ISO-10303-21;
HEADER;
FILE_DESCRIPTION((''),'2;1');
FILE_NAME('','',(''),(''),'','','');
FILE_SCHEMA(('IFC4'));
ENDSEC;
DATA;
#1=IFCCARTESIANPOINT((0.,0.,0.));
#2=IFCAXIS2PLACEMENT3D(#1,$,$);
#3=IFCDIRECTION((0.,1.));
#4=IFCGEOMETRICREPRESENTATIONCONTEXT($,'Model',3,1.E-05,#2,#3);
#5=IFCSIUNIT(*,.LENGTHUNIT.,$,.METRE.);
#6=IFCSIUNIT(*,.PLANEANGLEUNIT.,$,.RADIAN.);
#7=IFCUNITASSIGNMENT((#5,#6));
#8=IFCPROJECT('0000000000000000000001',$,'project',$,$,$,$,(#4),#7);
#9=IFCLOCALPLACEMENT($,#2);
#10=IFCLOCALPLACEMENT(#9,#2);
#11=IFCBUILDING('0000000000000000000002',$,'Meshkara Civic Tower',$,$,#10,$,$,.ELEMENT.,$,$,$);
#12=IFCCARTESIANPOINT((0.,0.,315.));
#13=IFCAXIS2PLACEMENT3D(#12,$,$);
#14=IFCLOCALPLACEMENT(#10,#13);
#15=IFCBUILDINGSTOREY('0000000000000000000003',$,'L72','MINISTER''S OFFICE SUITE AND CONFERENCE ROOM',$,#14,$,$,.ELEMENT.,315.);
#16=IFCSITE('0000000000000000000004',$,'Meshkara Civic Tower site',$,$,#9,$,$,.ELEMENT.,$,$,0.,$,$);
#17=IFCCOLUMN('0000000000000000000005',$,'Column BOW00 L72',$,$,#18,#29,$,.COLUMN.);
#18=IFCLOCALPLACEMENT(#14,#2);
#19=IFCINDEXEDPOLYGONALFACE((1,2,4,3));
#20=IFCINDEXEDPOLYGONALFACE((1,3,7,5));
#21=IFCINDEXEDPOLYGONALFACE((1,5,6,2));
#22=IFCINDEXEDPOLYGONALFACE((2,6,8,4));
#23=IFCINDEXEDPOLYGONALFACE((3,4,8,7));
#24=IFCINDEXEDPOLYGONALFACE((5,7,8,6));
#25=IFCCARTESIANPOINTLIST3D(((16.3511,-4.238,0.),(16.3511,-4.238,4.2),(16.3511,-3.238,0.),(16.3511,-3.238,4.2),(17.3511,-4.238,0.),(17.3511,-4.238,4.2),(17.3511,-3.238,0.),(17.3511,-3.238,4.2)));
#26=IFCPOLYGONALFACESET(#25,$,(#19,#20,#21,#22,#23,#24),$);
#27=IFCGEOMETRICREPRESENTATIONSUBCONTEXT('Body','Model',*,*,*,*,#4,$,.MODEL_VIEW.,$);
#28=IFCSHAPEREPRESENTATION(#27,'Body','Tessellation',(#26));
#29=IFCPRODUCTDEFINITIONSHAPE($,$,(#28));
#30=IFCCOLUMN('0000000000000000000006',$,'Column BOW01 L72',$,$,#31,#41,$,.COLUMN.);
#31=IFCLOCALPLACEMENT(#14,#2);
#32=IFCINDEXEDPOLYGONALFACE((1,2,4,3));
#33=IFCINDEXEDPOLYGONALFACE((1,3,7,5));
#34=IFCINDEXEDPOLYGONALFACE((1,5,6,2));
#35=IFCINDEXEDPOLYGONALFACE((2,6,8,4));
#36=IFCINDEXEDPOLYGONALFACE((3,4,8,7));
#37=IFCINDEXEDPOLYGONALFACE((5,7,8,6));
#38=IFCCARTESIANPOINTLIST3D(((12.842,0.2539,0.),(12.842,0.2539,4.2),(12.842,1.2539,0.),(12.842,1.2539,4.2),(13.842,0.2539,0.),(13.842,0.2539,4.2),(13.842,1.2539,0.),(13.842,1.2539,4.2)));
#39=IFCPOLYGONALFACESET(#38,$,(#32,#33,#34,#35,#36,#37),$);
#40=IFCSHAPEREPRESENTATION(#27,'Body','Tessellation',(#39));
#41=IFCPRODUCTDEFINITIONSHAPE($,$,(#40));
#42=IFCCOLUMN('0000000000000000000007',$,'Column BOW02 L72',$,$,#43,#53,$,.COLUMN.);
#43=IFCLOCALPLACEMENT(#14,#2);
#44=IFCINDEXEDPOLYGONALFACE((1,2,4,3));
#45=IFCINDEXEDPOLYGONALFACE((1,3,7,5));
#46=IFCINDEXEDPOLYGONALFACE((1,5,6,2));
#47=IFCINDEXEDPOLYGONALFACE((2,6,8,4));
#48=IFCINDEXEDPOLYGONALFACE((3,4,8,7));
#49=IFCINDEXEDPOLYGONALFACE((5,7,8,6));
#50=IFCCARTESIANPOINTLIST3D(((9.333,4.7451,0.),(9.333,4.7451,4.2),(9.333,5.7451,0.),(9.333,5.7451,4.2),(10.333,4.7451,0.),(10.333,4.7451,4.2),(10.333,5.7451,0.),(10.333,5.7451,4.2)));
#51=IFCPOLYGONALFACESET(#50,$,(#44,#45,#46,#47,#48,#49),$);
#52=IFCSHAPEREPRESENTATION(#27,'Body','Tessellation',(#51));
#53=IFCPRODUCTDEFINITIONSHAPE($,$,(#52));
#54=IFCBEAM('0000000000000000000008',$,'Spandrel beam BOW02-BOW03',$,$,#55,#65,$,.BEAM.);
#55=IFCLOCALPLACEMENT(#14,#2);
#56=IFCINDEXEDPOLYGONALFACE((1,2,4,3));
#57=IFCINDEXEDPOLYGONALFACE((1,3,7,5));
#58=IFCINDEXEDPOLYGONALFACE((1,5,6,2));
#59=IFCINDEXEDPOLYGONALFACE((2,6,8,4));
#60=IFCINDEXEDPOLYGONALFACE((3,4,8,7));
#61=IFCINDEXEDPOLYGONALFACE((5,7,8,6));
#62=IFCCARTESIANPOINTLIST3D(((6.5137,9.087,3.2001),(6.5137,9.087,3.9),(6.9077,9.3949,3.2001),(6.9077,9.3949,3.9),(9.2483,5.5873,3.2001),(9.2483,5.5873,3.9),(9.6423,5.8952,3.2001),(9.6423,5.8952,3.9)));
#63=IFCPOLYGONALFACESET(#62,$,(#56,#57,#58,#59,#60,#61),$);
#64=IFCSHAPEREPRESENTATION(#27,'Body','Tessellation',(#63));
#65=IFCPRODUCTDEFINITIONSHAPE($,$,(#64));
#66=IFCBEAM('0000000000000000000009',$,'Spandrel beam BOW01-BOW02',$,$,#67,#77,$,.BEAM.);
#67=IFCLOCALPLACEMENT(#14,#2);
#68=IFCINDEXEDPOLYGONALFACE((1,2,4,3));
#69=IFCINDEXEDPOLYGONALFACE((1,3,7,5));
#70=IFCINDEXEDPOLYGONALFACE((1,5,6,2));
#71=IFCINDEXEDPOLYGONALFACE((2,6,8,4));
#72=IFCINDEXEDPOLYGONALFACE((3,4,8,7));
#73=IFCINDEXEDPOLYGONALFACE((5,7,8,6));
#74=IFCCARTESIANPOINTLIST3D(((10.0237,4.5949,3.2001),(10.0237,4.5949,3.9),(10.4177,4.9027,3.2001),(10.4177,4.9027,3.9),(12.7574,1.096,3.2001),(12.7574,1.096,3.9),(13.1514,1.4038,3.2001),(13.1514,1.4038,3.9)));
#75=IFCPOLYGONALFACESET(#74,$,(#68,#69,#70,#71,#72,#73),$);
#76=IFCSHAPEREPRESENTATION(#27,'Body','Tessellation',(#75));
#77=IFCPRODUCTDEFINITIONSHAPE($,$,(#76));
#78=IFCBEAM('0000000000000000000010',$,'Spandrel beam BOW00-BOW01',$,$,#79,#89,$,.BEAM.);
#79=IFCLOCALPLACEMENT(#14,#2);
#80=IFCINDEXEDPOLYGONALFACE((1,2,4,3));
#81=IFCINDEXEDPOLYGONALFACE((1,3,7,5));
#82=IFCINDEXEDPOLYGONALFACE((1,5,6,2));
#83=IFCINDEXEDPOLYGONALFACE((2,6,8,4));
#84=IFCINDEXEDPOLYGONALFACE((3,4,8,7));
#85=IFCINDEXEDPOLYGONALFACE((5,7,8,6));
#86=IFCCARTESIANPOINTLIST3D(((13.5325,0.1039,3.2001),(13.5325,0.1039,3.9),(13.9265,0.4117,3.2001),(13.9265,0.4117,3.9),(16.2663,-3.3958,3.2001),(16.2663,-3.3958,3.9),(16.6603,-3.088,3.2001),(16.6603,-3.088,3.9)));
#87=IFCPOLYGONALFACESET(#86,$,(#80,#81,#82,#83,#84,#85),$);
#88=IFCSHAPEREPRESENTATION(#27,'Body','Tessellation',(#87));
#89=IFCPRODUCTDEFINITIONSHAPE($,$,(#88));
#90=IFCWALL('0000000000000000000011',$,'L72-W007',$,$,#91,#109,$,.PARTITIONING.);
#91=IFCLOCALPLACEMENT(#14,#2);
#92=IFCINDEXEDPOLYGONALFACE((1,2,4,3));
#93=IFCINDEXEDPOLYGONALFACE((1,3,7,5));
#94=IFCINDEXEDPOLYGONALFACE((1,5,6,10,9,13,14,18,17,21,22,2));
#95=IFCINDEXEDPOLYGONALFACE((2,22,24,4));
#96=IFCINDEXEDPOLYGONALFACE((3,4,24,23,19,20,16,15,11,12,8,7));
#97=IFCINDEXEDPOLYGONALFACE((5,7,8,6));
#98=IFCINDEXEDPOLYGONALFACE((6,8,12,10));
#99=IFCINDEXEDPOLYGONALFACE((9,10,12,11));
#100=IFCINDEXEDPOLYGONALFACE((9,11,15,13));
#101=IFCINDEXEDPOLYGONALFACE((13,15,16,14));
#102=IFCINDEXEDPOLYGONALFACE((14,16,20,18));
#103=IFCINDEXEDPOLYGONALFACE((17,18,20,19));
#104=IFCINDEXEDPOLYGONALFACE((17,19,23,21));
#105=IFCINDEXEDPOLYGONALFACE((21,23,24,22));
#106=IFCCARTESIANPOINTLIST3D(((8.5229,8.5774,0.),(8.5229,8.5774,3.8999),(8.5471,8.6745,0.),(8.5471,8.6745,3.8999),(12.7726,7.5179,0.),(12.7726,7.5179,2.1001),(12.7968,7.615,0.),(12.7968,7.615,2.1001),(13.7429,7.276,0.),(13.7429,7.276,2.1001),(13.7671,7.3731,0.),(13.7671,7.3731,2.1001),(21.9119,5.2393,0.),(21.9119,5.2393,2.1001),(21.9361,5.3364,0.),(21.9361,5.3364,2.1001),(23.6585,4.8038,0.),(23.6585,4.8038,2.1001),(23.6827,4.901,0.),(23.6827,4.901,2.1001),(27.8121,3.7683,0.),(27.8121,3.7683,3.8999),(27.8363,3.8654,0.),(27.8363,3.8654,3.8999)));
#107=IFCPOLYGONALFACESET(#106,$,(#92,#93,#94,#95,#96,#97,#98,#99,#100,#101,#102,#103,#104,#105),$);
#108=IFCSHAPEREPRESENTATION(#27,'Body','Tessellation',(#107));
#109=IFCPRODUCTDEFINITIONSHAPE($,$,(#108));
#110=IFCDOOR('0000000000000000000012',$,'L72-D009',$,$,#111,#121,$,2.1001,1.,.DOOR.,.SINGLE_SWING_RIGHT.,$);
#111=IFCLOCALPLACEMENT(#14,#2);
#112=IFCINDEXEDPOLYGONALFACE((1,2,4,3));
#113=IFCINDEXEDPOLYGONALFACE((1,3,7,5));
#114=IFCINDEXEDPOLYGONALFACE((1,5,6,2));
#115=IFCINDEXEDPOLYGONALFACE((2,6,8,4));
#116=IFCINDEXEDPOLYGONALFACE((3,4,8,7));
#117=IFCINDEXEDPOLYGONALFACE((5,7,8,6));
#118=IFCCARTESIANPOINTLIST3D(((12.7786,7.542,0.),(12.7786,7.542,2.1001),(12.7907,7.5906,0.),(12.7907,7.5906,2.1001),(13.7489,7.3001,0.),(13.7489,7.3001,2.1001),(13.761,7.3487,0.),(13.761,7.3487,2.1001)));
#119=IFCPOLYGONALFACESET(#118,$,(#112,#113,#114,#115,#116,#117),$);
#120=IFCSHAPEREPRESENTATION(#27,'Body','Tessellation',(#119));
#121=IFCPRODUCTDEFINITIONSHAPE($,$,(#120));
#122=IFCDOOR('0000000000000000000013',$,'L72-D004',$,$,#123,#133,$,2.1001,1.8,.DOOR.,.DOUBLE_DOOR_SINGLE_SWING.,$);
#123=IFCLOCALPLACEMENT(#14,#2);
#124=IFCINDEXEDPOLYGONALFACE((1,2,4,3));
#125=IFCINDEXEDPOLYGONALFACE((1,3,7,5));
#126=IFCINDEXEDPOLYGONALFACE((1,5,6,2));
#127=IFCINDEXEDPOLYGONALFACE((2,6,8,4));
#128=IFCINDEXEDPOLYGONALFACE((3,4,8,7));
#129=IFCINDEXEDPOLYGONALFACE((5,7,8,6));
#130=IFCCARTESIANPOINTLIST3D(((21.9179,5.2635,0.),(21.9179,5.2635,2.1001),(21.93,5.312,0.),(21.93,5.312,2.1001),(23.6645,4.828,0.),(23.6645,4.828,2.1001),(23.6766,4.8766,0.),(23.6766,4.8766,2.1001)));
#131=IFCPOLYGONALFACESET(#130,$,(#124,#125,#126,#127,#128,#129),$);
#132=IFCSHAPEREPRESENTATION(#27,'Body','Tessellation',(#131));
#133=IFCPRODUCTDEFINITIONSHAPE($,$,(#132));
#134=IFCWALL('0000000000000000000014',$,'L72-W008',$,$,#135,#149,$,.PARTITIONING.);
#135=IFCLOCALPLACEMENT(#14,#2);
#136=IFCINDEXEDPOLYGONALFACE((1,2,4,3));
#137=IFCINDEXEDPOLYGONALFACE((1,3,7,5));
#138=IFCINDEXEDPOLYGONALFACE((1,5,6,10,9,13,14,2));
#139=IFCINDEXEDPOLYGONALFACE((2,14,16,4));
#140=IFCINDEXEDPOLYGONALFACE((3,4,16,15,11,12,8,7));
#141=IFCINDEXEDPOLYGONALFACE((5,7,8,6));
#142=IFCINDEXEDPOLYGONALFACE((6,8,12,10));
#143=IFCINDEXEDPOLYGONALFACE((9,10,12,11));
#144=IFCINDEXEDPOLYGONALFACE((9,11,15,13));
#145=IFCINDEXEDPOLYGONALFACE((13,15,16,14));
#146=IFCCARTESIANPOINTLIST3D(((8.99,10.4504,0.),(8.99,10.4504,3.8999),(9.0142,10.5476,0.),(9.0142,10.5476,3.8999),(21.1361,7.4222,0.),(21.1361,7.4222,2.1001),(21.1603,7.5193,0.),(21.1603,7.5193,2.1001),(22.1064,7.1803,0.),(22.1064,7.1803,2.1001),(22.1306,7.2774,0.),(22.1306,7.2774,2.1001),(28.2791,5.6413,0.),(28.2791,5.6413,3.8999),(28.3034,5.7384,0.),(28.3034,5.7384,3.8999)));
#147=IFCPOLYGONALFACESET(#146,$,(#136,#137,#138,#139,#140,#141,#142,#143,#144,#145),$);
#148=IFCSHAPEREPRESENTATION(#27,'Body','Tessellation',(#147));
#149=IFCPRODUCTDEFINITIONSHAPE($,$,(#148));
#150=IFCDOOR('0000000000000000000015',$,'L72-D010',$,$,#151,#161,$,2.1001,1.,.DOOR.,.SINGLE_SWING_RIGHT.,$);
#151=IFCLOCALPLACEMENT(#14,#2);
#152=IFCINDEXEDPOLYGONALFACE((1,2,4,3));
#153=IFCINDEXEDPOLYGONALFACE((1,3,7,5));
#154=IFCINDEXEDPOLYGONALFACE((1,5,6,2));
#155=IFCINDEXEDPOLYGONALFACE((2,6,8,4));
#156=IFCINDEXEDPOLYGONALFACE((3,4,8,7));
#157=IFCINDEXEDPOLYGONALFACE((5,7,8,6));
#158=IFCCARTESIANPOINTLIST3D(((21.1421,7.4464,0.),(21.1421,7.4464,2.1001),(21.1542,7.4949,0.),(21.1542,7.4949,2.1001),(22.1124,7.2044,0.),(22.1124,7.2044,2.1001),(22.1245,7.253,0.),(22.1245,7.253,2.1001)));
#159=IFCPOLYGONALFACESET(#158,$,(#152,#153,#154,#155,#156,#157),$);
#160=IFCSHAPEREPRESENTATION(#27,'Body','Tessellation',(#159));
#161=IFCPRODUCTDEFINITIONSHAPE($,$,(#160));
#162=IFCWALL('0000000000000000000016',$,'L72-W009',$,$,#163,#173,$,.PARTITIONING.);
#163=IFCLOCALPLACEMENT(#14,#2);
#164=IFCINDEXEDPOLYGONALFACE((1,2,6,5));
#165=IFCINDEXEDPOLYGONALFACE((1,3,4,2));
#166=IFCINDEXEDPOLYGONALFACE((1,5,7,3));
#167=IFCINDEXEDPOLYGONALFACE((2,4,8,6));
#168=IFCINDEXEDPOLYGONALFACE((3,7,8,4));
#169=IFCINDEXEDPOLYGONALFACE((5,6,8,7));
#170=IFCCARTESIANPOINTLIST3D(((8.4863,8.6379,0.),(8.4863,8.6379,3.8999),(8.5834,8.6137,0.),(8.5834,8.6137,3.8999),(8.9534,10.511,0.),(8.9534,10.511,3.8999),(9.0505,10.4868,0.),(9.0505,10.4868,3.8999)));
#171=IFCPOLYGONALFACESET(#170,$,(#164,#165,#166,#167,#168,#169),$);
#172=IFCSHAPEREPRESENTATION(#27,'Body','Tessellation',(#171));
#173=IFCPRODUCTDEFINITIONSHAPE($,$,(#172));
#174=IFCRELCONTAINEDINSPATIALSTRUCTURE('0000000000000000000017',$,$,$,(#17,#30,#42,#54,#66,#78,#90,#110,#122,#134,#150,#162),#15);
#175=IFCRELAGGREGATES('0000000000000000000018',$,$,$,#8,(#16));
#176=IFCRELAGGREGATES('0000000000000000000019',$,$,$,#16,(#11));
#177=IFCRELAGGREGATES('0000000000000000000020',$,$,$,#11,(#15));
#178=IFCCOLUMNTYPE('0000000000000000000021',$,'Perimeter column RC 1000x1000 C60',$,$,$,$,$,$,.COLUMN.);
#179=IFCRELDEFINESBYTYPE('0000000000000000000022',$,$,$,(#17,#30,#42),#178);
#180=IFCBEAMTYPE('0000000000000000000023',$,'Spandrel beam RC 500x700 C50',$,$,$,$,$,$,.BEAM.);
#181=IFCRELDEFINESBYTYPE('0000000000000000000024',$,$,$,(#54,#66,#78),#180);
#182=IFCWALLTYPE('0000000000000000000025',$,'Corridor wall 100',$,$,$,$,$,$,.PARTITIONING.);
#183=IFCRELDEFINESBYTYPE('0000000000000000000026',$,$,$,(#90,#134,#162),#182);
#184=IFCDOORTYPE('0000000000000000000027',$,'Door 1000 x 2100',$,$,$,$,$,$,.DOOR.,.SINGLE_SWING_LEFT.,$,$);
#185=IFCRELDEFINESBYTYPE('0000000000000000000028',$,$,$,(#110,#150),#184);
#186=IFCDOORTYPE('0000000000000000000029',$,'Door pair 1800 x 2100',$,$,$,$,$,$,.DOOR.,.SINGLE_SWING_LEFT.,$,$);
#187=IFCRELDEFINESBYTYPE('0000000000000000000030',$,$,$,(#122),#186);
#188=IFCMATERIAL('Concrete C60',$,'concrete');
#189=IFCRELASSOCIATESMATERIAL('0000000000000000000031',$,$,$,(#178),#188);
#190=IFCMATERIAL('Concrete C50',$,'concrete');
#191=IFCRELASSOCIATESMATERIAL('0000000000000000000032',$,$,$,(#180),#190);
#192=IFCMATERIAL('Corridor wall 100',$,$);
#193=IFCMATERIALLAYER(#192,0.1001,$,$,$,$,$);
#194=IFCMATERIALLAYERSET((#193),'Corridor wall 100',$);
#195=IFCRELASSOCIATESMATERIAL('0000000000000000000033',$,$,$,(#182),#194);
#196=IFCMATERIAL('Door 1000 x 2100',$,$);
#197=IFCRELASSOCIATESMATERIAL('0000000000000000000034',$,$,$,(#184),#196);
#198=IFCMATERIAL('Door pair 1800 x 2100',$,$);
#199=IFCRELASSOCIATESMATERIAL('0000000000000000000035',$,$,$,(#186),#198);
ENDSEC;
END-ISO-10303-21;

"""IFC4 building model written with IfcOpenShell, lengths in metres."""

from ifc_helpers import new_model, si_unit, direction, frame, frame_2d, origin, origin_2d, place, context, subcontext, project, spatial, rectangle, extrude, material, layer, layer_set, material_profile, profile_set, type_object, element, fill, save


model = new_model("IFC4")

# Units and contexts
model_context = context("Model", 3, precision=1e-05, world=origin(), true_north=direction((0.0, 1.0)))
body_context = subcontext(model_context, "Body", "Model", "MODEL_VIEW")
ifc_project = project(units=[si_unit("LENGTHUNIT", "METRE"), si_unit("PLANEANGLEUNIT", "RADIAN")], contexts=[model_context])

# Site, building, storey
site_placement = place(None, origin())
site = spatial("IfcSite", under=ifc_project, at=site_placement, Name="Meshkara Civic Tower site", CompositionType="ELEMENT", RefElevation=0.0)
building_placement = place(site_placement, origin())
building = spatial("IfcBuilding", under=site, at=building_placement, Name="Meshkara Civic Tower", CompositionType="ELEMENT")
storey_placement = place(building_placement, frame((0.0, 0.0, 315.0)))
storey = spatial("IfcBuildingStorey", under=building, at=storey_placement, Name="L72", Description="MINISTER'S OFFICE SUITE AND CONFERENCE ROOM", CompositionType="ELEMENT", Elevation=315.0)

# Columns
ifc_material_1 = material(Name="Concrete C60", Category="concrete")
ifc_material_profile_1 = material_profile(ifc_material_1, rectangle(XDim=1.0, YDim=1.0, at=origin_2d()))
ifc_profile_set_1 = profile_set([ifc_material_profile_1], Name="Concrete C60")
column_type = type_object("IfcColumnType", Name="Perimeter column RC 1000x1000 C60", PredefinedType="COLUMN", material=ifc_profile_set_1)
for number, where, z_axis, x_axis, name in (
    (1, (16.8511, -3.738, 0.0), (0.0, 0.0, 1.0), (1.0, 0.0, 0.0), "Column BOW00 L72"),
    (2, (13.342, 0.7539, 0.0), (0.0, 0.0, 1.0), (1.0, 0.0, 0.0), "Column BOW01 L72"),
    (3, (9.833, 5.2451, 0.0), (0.0, 0.0, 1.0), (1.0, 0.0, 0.0), "Column BOW02 L72"),
):
    element("IfcColumn", number, at=place(storey_placement, frame(where, z_axis=z_axis, x_axis=x_axis)), inside=storey, type_object=column_type, Name=name, PredefinedType="COLUMN", context=body_context, shape_type="SweptSolid", body=[
        extrude(rectangle(XDim=1.0, YDim=1.0, at=origin_2d()), origin(), (0.0, 0.0, 1.0), 4.2),
    ])

# Beams
ifc_material_2 = material(Name="Concrete C50", Category="concrete")
ifc_material_profile_2 = material_profile(ifc_material_2, rectangle(XDim=0.5, YDim=0.7, at=origin_2d()))
ifc_profile_set_2 = profile_set([ifc_material_profile_2], Name="Concrete C50")
beam_type = type_object("IfcBeamType", Name="Spandrel beam RC 500x700 C50", PredefinedType="BEAM", material=ifc_profile_set_2)
beam_1_placement = place(storey_placement, frame((6.7107, 9.241, 3.55), z_axis=(0.615705, -0.787977, 0.0), x_axis=(0.787977, 0.615705, 0.0)))
element("IfcBeam", 4, at=beam_1_placement, inside=storey, type_object=beam_type, Name="Spandrel beam BOW02-BOW03", PredefinedType="BEAM", context=body_context, shape_type="SweptSolid", body=[
    extrude(rectangle(XDim=0.5, YDim=0.7, at=origin_2d()), origin(), (0.0, 0.0, 1.0), 4.4414),
])
beam_2_placement = place(storey_placement, frame((10.2207, 4.7488, 3.55), z_axis=(0.615675, -0.788, 0.0), x_axis=(0.788, 0.615675, 0.0)))
element("IfcBeam", 5, at=beam_2_placement, inside=storey, type_object=beam_type, Name="Spandrel beam BOW01-BOW02", PredefinedType="BEAM", context=body_context, shape_type="SweptSolid", body=[
    extrude(rectangle(XDim=0.5, YDim=0.7, at=origin_2d()), origin(), (0.0, 0.0, 1.0), 4.4402),
])
beam_3_placement = place(storey_placement, frame((13.7295, 0.2578, 3.55), z_axis=(0.615602, -0.788057, 0.0), x_axis=(0.788057, 0.615602, 0.0)))
element("IfcBeam", 6, at=beam_3_placement, inside=storey, type_object=beam_type, Name="Spandrel beam BOW00-BOW01", PredefinedType="BEAM", context=body_context, shape_type="SweptSolid", body=[
    extrude(rectangle(XDim=0.5, YDim=0.7, at=origin_2d()), origin(), (0.0, 0.0, 1.0), 4.4409),
])

# Wall, openings, doors
ifc_material_3 = material(Name="Corridor wall 100")
ifc_layer_1 = layer(ifc_material_3, 0.1001)
ifc_layer_set_1 = layer_set([ifc_layer_1], Name="Corridor wall 100")
wall_type_1 = type_object("IfcWallType", Name="Corridor wall 100", PredefinedType="PARTITIONING", material=ifc_layer_set_1)
wall_1_placement = place(storey_placement, frame((8.5349, 8.626, 0.0), z_axis=(0.0, 0.0, 1.0), x_axis=(0.970298, -0.241911, 0.0)))
wall_1 = element("IfcWall", 7, at=wall_1_placement, inside=storey, type_object=wall_type_1, Name="L72-W007", PredefinedType="PARTITIONING", context=body_context, shape_type="SweptSolid", body=[
    extrude(rectangle(XDim=19.8796, YDim=0.1001, at=frame_2d((9.9399, 0.0))), origin(), (0.0, 0.0, 1.0), 3.8999),
])
opening_1_placement = place(wall_1_placement, frame((13.7991, 0.0, 0.0)))
opening_1 = element("IfcOpeningElement", 8, at=opening_1_placement, cuts=wall_1, PredefinedType="OPENING", context=body_context, shape_type="SweptSolid", body=[
    extrude(rectangle(XDim=1.8, YDim=2.1001, at=frame_2d((0.8999, 1.05))), frame((0.0, 0.0601, 0.0), z_axis=(0.0, -1.0, 0.0), x_axis=(1.0, 0.0, 0.0)), (0.0, 0.0, 1.0), 0.1201),
])
opening_2_placement = place(wall_1_placement, frame((4.3799, 0.0, 0.0)))
opening_2 = element("IfcOpeningElement", 9, at=opening_2_placement, cuts=wall_1, PredefinedType="OPENING", context=body_context, shape_type="SweptSolid", body=[
    extrude(rectangle(XDim=1.0, YDim=2.1001, at=frame_2d((0.5, 1.05))), frame((0.0, 0.0601, 0.0), z_axis=(0.0, -1.0, 0.0), x_axis=(1.0, 0.0, 0.0)), (0.0, 0.0, 1.0), 0.1201),
])
ifc_material_4 = material(Name="Door 1000 x 2100")
door_type_1 = type_object("IfcDoorType", Name="Door 1000 x 2100", OperationType="SINGLE_SWING_LEFT", PredefinedType="DOOR", material=ifc_material_4)
door_1_placement = place(opening_2_placement, origin())
door_1 = element("IfcDoor", 10, at=door_1_placement, inside=storey, type_object=door_type_1, Name="L72-D009", OperationType="SINGLE_SWING_RIGHT", OverallHeight=2.1001, OverallWidth=1.0, PredefinedType="DOOR", context=body_context, shape_type="SweptSolid", body=[
    extrude(rectangle(XDim=1.0, YDim=2.1001, at=frame_2d((0.5, 1.05))), frame((0.0, 0.0249, 0.0), z_axis=(0.0, -1.0, 0.0), x_axis=(1.0, 0.0, 0.0)), (0.0, 0.0, 1.0), 0.05),
])
fill(opening_2, door_1)
ifc_material_5 = material(Name="Door pair 1800 x 2100")
door_type_2 = type_object("IfcDoorType", Name="Door pair 1800 x 2100", OperationType="SINGLE_SWING_LEFT", PredefinedType="DOOR", material=ifc_material_5)
door_2_placement = place(opening_1_placement, origin())
door_2 = element("IfcDoor", 11, at=door_2_placement, inside=storey, type_object=door_type_2, Name="L72-D004", OperationType="DOUBLE_DOOR_SINGLE_SWING", OverallHeight=2.1001, OverallWidth=1.8, PredefinedType="DOOR", context=body_context, shape_type="SweptSolid", body=[
    extrude(rectangle(XDim=1.8, YDim=2.1001, at=frame_2d((0.8999, 1.05))), frame((0.0, 0.0249, 0.0), z_axis=(0.0, -1.0, 0.0), x_axis=(1.0, 0.0, 0.0)), (0.0, 0.0, 1.0), 0.05),
])
fill(opening_1, door_2)

# Wall, opening, door
wall_2_placement = place(storey_placement, frame((9.002, 10.499, 0.0), z_axis=(0.0, 0.0, 1.0), x_axis=(0.970298, -0.241911, 0.0)))
wall_2 = element("IfcWall", 12, at=wall_2_placement, inside=storey, type_object=wall_type_1, Name="L72-W008", PredefinedType="PARTITIONING", context=body_context, shape_type="SweptSolid", body=[
    extrude(rectangle(XDim=19.8796, YDim=0.1001, at=frame_2d((9.9399, 0.0))), origin(), (0.0, 0.0, 1.0), 3.8999),
])
opening_3_placement = place(wall_2_placement, frame((12.5181, 0.0, 0.0)))
opening_3 = element("IfcOpeningElement", 13, at=opening_3_placement, cuts=wall_2, PredefinedType="OPENING", context=body_context, shape_type="SweptSolid", body=[
    extrude(rectangle(XDim=1.0, YDim=2.1001, at=frame_2d((0.5, 1.05))), frame((0.0, 0.0601, 0.0), z_axis=(0.0, -1.0, 0.0), x_axis=(1.0, 0.0, 0.0)), (0.0, 0.0, 1.0), 0.1201),
])
door_3_placement = place(opening_3_placement, origin())
door_3 = element("IfcDoor", 14, at=door_3_placement, inside=storey, type_object=door_type_1, Name="L72-D010", OperationType="SINGLE_SWING_RIGHT", OverallHeight=2.1001, OverallWidth=1.0, PredefinedType="DOOR", context=body_context, shape_type="SweptSolid", body=[
    extrude(rectangle(XDim=1.0, YDim=2.1001, at=frame_2d((0.5, 1.05))), frame((0.0, 0.0249, 0.0), z_axis=(0.0, -1.0, 0.0), x_axis=(1.0, 0.0, 0.0)), (0.0, 0.0, 1.0), 0.05),
])
fill(opening_3, door_3)

# Wall
wall_3_placement = place(storey_placement, frame((9.002, 10.499, 0.0), z_axis=(0.0, 0.0, 1.0), x_axis=(-0.24194, -0.970291, 0.0)))
element("IfcWall", 15, at=wall_3_placement, inside=storey, type_object=wall_type_1, Name="L72-W009", PredefinedType="PARTITIONING", context=body_context, shape_type="SweptSolid", body=[
    extrude(rectangle(XDim=1.9304, YDim=0.1001, at=frame_2d((0.9653, 0.0))), origin(), (0.0, 0.0, 1.0), 3.8999),
])

save(model, "model.ifc")
